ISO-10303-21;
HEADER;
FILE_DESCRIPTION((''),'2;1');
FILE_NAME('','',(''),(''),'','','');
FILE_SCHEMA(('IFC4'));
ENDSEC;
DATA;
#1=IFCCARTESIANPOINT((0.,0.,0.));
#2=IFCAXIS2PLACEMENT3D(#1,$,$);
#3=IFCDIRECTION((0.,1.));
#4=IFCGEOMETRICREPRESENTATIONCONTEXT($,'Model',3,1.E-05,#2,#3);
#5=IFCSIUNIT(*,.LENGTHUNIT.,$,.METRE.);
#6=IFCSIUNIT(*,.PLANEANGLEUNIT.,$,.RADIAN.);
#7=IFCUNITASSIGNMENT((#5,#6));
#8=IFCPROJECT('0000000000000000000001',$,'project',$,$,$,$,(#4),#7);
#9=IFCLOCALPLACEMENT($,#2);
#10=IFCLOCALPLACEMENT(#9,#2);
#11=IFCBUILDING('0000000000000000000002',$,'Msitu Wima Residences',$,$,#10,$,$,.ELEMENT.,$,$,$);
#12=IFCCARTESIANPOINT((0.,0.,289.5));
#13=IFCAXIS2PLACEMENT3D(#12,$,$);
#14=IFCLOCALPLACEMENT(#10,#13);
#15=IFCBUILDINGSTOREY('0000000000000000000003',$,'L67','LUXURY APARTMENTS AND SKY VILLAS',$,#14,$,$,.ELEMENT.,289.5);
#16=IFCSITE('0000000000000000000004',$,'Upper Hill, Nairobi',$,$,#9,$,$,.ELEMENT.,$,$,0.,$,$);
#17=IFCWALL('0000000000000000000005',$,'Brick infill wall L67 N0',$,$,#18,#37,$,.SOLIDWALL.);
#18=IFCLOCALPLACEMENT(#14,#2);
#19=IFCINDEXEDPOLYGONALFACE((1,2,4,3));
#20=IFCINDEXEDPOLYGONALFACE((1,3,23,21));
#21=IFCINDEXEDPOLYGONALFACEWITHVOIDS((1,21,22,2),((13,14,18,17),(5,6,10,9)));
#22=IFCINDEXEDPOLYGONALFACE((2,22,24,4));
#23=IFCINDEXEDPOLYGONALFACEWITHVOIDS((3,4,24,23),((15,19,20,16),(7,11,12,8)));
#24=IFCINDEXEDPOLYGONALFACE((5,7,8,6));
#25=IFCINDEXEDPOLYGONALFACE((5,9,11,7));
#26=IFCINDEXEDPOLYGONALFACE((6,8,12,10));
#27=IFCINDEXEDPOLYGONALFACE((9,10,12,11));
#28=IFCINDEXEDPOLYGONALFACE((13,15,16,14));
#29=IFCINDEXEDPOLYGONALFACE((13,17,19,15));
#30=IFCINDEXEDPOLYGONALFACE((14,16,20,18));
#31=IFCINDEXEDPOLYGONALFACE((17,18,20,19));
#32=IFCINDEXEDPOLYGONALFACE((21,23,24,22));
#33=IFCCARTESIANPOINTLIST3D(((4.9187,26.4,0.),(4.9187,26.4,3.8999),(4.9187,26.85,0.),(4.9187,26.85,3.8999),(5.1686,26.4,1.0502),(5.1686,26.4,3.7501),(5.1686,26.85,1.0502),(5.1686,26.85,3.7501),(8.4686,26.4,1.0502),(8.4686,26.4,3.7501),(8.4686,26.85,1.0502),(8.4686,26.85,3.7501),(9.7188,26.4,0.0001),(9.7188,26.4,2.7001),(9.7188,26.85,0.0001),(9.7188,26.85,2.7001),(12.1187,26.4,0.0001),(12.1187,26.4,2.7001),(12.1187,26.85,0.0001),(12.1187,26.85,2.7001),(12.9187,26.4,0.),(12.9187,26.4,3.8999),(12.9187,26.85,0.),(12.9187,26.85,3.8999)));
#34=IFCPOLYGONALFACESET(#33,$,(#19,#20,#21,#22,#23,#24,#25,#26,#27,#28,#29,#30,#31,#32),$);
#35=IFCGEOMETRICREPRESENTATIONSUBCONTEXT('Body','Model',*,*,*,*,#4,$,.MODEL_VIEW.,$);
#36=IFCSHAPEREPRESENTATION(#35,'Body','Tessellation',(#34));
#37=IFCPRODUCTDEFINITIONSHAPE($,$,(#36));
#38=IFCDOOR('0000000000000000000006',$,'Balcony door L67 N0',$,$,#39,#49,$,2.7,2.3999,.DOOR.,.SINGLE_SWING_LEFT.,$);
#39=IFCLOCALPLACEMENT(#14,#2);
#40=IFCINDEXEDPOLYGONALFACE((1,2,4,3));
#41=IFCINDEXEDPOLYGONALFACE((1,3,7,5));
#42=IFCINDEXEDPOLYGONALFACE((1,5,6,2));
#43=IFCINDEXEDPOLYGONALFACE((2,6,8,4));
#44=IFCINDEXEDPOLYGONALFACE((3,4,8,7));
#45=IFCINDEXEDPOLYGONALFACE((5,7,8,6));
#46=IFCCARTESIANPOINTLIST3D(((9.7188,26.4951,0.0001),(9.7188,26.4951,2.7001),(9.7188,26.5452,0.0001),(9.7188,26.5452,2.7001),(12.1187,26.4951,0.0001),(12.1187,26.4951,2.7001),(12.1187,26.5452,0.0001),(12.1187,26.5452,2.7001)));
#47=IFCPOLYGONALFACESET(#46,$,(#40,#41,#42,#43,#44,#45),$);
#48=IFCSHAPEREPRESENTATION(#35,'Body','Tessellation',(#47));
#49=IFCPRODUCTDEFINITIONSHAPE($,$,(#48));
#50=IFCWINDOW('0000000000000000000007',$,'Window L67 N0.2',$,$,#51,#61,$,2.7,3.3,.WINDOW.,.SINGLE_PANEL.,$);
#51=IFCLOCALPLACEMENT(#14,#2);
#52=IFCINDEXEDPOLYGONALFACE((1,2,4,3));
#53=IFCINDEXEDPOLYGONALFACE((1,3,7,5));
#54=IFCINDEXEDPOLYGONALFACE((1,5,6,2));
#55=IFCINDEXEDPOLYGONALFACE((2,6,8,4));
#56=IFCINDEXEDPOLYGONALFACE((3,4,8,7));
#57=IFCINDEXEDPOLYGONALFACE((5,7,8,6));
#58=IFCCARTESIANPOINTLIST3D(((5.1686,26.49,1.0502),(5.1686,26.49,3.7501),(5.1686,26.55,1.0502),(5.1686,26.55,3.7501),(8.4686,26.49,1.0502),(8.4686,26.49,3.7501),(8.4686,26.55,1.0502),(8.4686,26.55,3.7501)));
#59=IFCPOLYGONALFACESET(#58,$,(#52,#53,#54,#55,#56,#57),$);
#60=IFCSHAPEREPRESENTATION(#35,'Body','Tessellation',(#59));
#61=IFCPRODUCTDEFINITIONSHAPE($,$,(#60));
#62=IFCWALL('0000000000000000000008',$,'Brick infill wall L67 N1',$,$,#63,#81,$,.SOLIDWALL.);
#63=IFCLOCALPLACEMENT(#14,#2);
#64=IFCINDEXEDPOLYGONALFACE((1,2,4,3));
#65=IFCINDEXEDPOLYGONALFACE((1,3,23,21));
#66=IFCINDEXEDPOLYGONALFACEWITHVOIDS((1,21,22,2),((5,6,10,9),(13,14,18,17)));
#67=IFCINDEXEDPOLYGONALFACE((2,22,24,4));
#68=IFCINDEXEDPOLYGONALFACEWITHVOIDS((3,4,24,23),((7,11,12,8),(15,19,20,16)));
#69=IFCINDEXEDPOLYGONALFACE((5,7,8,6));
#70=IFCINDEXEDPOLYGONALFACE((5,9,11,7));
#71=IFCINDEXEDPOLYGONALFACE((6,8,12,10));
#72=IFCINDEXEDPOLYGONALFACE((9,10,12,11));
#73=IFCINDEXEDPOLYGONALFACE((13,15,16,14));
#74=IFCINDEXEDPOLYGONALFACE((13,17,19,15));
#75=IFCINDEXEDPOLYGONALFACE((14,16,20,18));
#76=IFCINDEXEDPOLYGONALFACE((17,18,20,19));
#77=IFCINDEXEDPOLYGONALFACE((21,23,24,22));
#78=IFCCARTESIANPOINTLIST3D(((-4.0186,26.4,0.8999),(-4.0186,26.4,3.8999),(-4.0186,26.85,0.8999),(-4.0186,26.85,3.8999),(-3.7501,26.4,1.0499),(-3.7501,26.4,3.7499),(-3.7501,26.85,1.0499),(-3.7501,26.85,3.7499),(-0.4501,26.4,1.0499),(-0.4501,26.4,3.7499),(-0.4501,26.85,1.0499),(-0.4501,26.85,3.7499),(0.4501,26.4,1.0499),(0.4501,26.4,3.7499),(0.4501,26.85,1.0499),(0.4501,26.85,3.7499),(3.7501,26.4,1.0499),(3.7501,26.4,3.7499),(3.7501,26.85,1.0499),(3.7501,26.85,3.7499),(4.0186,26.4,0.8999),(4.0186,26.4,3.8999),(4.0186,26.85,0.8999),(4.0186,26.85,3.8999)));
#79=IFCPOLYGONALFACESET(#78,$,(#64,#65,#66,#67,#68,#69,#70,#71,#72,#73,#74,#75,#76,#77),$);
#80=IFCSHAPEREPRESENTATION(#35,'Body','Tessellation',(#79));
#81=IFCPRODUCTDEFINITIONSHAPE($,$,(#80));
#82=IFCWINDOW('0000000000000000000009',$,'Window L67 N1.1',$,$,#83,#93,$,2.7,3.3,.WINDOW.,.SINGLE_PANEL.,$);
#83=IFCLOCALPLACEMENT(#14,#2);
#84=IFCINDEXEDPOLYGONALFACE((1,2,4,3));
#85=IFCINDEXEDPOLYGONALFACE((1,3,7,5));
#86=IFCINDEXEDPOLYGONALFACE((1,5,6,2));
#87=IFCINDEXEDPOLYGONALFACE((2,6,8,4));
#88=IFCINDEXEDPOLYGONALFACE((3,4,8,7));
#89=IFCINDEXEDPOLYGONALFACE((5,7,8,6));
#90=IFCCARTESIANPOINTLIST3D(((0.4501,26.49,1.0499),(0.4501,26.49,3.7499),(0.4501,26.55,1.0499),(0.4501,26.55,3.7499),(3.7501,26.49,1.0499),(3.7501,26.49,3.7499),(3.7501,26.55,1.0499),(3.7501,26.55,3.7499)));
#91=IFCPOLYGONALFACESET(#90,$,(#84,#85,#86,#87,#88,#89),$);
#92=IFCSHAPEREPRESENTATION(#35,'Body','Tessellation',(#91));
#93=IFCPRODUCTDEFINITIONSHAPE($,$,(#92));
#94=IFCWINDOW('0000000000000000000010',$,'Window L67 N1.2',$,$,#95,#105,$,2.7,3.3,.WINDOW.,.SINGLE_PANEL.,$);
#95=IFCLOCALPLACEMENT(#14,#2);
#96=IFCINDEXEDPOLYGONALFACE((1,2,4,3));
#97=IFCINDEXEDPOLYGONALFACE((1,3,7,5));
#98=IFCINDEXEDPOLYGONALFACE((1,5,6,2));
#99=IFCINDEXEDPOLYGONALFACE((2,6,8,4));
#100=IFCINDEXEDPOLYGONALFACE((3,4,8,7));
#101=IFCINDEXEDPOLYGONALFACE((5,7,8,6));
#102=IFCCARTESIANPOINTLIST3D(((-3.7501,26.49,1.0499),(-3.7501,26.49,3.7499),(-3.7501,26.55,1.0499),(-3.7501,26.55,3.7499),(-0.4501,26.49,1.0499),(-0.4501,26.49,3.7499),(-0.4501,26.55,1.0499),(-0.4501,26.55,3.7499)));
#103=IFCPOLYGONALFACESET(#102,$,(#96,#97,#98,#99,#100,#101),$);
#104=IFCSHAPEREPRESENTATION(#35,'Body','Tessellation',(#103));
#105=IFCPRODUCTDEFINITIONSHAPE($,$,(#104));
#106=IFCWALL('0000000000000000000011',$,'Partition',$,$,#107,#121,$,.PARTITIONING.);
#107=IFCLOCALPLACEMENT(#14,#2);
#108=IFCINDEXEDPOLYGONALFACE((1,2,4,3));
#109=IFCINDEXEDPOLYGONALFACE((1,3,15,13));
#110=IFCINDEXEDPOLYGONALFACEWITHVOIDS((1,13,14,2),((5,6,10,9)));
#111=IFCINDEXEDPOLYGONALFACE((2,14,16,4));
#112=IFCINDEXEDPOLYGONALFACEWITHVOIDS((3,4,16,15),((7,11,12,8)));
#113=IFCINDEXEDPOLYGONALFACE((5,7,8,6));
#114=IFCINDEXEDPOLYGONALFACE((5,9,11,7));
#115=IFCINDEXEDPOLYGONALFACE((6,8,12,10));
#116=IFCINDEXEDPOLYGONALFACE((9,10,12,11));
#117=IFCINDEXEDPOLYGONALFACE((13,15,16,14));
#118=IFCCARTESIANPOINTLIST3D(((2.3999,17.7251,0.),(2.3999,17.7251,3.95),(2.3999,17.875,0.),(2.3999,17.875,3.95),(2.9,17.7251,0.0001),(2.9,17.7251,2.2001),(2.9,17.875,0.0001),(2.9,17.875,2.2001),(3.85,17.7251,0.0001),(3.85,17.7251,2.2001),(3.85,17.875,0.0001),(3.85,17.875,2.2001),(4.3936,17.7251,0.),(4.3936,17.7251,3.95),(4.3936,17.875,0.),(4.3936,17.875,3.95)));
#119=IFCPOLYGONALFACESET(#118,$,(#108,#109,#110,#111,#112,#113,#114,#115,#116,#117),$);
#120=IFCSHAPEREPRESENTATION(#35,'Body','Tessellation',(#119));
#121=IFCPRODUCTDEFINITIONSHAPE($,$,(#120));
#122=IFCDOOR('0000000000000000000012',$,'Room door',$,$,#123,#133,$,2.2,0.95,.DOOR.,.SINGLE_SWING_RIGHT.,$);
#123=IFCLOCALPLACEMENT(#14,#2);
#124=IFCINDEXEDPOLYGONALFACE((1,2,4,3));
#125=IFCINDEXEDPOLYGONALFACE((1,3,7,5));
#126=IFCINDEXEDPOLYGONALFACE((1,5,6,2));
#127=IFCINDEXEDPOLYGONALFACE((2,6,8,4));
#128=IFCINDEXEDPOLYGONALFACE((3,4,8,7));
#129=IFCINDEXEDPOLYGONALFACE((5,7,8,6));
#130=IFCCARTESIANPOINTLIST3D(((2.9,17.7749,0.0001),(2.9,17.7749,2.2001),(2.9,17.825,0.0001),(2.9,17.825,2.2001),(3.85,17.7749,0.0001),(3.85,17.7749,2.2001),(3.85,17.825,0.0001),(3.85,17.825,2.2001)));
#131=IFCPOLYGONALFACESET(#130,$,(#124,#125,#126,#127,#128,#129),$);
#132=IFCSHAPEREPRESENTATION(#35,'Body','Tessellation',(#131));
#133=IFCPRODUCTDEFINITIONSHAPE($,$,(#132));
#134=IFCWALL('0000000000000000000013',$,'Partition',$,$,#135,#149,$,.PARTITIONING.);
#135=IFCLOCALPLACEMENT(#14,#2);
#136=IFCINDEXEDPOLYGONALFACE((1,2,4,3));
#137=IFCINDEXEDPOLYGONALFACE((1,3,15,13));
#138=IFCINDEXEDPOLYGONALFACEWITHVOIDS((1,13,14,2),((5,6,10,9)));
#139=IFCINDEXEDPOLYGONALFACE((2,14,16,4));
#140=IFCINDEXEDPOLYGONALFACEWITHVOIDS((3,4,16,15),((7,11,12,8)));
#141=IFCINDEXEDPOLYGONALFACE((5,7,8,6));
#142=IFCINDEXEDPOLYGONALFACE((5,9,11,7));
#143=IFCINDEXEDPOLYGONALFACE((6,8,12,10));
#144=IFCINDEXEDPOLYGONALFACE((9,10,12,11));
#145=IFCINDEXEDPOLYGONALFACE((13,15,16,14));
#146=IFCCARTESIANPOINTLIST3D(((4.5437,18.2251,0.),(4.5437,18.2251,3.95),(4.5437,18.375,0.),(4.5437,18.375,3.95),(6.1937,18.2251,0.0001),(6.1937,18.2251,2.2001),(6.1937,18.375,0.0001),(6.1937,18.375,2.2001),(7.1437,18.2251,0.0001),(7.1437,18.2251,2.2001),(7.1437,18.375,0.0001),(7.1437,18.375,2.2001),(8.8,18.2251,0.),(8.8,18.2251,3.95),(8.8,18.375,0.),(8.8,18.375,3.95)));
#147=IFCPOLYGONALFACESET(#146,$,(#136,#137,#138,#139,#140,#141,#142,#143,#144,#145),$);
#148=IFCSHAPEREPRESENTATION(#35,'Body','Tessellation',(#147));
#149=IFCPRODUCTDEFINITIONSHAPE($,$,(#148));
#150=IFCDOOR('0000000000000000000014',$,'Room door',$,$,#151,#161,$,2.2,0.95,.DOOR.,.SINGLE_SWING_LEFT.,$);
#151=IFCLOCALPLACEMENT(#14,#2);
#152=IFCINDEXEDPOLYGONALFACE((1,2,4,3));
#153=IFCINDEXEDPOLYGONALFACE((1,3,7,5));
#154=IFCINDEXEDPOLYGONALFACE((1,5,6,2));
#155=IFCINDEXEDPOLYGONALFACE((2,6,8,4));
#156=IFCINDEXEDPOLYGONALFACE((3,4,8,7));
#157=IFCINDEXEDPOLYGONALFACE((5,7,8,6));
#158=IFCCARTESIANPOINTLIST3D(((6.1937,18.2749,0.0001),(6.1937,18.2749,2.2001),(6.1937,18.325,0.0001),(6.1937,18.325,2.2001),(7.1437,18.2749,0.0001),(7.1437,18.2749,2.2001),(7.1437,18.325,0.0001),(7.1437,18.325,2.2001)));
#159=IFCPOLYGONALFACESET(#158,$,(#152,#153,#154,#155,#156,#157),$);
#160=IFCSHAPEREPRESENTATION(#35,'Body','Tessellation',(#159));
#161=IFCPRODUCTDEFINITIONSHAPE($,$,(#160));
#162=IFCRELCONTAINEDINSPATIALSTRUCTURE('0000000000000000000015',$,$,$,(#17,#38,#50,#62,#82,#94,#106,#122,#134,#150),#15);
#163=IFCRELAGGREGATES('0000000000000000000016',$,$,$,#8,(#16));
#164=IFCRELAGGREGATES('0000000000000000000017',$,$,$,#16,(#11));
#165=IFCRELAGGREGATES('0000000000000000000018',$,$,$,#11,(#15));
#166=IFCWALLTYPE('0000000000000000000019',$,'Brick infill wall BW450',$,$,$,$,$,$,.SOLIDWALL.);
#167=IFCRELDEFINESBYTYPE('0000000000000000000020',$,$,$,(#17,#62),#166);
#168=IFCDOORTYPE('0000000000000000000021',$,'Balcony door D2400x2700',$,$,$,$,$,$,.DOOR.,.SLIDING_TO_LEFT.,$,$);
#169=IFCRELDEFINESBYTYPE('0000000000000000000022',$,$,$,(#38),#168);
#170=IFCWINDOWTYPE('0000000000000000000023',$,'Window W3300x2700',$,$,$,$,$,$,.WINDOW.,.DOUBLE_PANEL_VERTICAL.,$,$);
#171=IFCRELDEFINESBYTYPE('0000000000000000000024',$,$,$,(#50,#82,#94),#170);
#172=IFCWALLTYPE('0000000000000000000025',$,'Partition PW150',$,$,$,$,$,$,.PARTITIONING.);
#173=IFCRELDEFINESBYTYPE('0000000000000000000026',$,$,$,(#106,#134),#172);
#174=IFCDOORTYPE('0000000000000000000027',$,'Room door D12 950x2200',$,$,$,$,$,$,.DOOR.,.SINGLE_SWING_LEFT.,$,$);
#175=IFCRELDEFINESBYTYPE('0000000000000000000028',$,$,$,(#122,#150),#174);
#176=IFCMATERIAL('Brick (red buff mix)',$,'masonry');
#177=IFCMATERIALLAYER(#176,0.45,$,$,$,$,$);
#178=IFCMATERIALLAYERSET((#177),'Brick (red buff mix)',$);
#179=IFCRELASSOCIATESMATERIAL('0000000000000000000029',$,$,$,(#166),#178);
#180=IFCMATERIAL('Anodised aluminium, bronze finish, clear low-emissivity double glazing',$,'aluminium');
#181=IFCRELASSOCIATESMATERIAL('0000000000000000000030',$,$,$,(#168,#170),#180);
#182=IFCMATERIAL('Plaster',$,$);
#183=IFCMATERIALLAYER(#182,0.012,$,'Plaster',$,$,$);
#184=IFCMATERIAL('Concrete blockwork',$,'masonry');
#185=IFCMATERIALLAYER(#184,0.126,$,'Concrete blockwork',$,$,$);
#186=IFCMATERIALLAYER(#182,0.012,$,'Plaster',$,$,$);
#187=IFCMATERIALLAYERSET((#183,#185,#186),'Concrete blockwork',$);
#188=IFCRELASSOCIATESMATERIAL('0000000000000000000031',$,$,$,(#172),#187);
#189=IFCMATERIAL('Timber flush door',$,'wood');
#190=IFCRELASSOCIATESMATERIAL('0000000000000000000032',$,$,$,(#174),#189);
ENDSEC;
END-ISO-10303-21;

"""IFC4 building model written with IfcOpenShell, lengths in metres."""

from ifc_helpers import new_model, si_unit, direction, frame, frame_2d, origin, place, context, subcontext, project, spatial, rectangle, extrude, material, layer, layer_set, type_object, element, fill, save


model = new_model("IFC4")

# Units and contexts
model_context = context("Model", 3, precision=1e-05, world=origin(), true_north=direction((0.0, 1.0)))
body_context = subcontext(model_context, "Body", "Model", "MODEL_VIEW")
ifc_project = project(units=[si_unit("LENGTHUNIT", "METRE"), si_unit("PLANEANGLEUNIT", "RADIAN")], contexts=[model_context])

# Site, building, storey
site_placement = place(None, origin())
site = spatial("IfcSite", under=ifc_project, at=site_placement, Name="Upper Hill, Nairobi", CompositionType="ELEMENT", RefElevation=0.0)
building_placement = place(site_placement, origin())
building = spatial("IfcBuilding", under=site, at=building_placement, Name="Msitu Wima Residences", CompositionType="ELEMENT")
storey_placement = place(building_placement, frame((0.0, 0.0, 289.5)))
storey = spatial("IfcBuildingStorey", under=building, at=storey_placement, Name="L67", Description="LUXURY APARTMENTS AND SKY VILLAS", CompositionType="ELEMENT", Elevation=289.5)

# Wall, openings, door, window
ifc_material_1 = material(Name="Brick (red buff mix)", Category="masonry")
ifc_layer_1 = layer(ifc_material_1, 0.45)
ifc_layer_set_1 = layer_set([ifc_layer_1], Name="Brick (red buff mix)")
wall_type_1 = type_object("IfcWallType", Name="Brick infill wall BW450", PredefinedType="SOLIDWALL", material=ifc_layer_set_1)
wall_1_placement = place(storey_placement, frame((12.9187, 26.625, 0.0), z_axis=(0.0, 0.0, 1.0), x_axis=(-1.0, 0.0, 0.0)))
wall_1 = element("IfcWall", 1, at=wall_1_placement, inside=storey, type_object=wall_type_1, Name="Brick infill wall L67 N0", PredefinedType="SOLIDWALL", context=body_context, shape_type="SweptSolid", body=[
    extrude(rectangle(XDim=8.0, YDim=0.45, at=frame_2d((4.0, 0.0))), origin(), (0.0, 0.0, 1.0), 3.8999),
])
opening_1_placement = place(wall_1_placement, frame((0.8, 0.0, 0.0)))
opening_1 = element("IfcOpeningElement", 2, at=opening_1_placement, cuts=wall_1, PredefinedType="OPENING", context=body_context, shape_type="SweptSolid", body=[
    extrude(rectangle(XDim=2.3999, YDim=2.7, at=frame_2d((1.2, 1.3501))), frame((0.0, 0.2349, 0.0), z_axis=(0.0, -1.0, 0.0), x_axis=(1.0, 0.0, 0.0)), (0.0, 0.0, 1.0), 0.47),
])
opening_2_placement = place(wall_1_placement, frame((4.4502, 0.0, 1.05)))
opening_2 = element("IfcOpeningElement", 3, at=opening_2_placement, cuts=wall_1, PredefinedType="OPENING", context=body_context, shape_type="SweptSolid", body=[
    extrude(rectangle(XDim=3.3, YDim=2.7, at=frame_2d((1.6499, 1.3501))), frame((0.0, 0.2349, 0.0), z_axis=(0.0, -1.0, 0.0), x_axis=(1.0, 0.0, 0.0)), (0.0, 0.0, 1.0), 0.47),
])
ifc_material_2 = material(Name="Anodised aluminium, bronze finish, clear low-emissivity double glazing", Category="aluminium")
door_type_1 = type_object("IfcDoorType", Name="Balcony door D2400x2700", OperationType="SLIDING_TO_LEFT", PredefinedType="DOOR", material=ifc_material_2)
door_1_placement = place(opening_1_placement, origin())
door_1 = element("IfcDoor", 4, at=door_1_placement, inside=storey, type_object=door_type_1, Name="Balcony door L67 N0", OperationType="SINGLE_SWING_LEFT", OverallHeight=2.7, OverallWidth=2.3999, PredefinedType="DOOR", context=body_context, shape_type="SweptSolid", body=[
    extrude(rectangle(XDim=2.3999, YDim=2.7, at=frame_2d((1.2, 1.3501))), frame((0.0, 0.1299, 0.0), z_axis=(0.0, -1.0, 0.0), x_axis=(1.0, 0.0, 0.0)), (0.0, 0.0, 1.0), 0.05),
])
fill(opening_1, door_1)
window_type = type_object("IfcWindowType", Name="Window W3300x2700", PartitioningType="DOUBLE_PANEL_VERTICAL", PredefinedType="WINDOW", material=ifc_material_2)
window_1_placement = place(opening_2_placement, origin())
window_1 = element("IfcWindow", 5, at=window_1_placement, inside=storey, type_object=window_type, Name="Window L67 N0.2", OverallHeight=2.7, OverallWidth=3.3, PartitioningType="SINGLE_PANEL", PredefinedType="WINDOW", context=body_context, shape_type="SweptSolid", body=[
    extrude(rectangle(XDim=3.3, YDim=2.7, at=frame_2d((1.6499, 1.3501))), frame((0.0, 0.135, 0.0), z_axis=(0.0, -1.0, 0.0), x_axis=(1.0, 0.0, 0.0)), (0.0, 0.0, 1.0), 0.0601),
])
fill(opening_2, window_1)

# Wall, openings, windows
wall_2_placement = place(storey_placement, frame((4.0186, 26.625, 0.8999), z_axis=(0.0, 0.0, 1.0), x_axis=(-1.0, 0.0, 0.0)))
wall_2 = element("IfcWall", 6, at=wall_2_placement, inside=storey, type_object=wall_type_1, Name="Brick infill wall L67 N1", PredefinedType="SOLIDWALL", context=body_context, shape_type="SweptSolid", body=[
    extrude(rectangle(XDim=8.0371, YDim=0.45, at=frame_2d((4.0186, 0.0))), origin(), (0.0, 0.0, 1.0), 3.0),
])
opening_3_placement = place(wall_2_placement, frame((0.2686, 0.0, 0.1499)))
opening_3 = element("IfcOpeningElement", 7, at=opening_3_placement, cuts=wall_2, PredefinedType="OPENING", context=body_context, shape_type="SweptSolid", body=[
    extrude(rectangle(XDim=3.3, YDim=2.7, at=frame_2d((1.6499, 1.3501))), frame((0.0, 0.2349, 0.0), z_axis=(0.0, -1.0, 0.0), x_axis=(1.0, 0.0, 0.0)), (0.0, 0.0, 1.0), 0.47),
])
opening_4_placement = place(wall_2_placement, frame((4.4688, 0.0, 0.1499)))
opening_4 = element("IfcOpeningElement", 8, at=opening_4_placement, cuts=wall_2, PredefinedType="OPENING", context=body_context, shape_type="SweptSolid", body=[
    extrude(rectangle(XDim=3.3, YDim=2.7, at=frame_2d((1.6499, 1.3501))), frame((0.0, 0.2349, 0.0), z_axis=(0.0, -1.0, 0.0), x_axis=(1.0, 0.0, 0.0)), (0.0, 0.0, 1.0), 0.47),
])
window_2_placement = place(opening_3_placement, origin())
window_2 = element("IfcWindow", 9, at=window_2_placement, inside=storey, type_object=window_type, Name="Window L67 N1.1", OverallHeight=2.7, OverallWidth=3.3, PartitioningType="SINGLE_PANEL", PredefinedType="WINDOW", context=body_context, shape_type="SweptSolid", body=[
    extrude(rectangle(XDim=3.3, YDim=2.7, at=frame_2d((1.6499, 1.3501))), frame((0.0, 0.135, 0.0), z_axis=(0.0, -1.0, 0.0), x_axis=(1.0, 0.0, 0.0)), (0.0, 0.0, 1.0), 0.0601),
])
fill(opening_3, window_2)
window_3_placement = place(opening_4_placement, origin())
window_3 = element("IfcWindow", 10, at=window_3_placement, inside=storey, type_object=window_type, Name="Window L67 N1.2", OverallHeight=2.7, OverallWidth=3.3, PartitioningType="SINGLE_PANEL", PredefinedType="WINDOW", context=body_context, shape_type="SweptSolid", body=[
    extrude(rectangle(XDim=3.3, YDim=2.7, at=frame_2d((1.6499, 1.3501))), frame((0.0, 0.135, 0.0), z_axis=(0.0, -1.0, 0.0), x_axis=(1.0, 0.0, 0.0)), (0.0, 0.0, 1.0), 0.0601),
])
fill(opening_4, window_3)

# Walls, openings, doors
ifc_material_3 = material(Name="Plaster")
ifc_layer_2 = layer(ifc_material_3, 0.012, Name="Plaster")
ifc_material_4 = material(Name="Concrete blockwork", Category="masonry")
ifc_layer_3 = layer(ifc_material_4, 0.126, Name="Concrete blockwork")
ifc_layer_4 = layer(ifc_material_3, 0.012, Name="Plaster")
ifc_layer_set_2 = layer_set([ifc_layer_2, ifc_layer_3, ifc_layer_4], Name="Concrete blockwork")
wall_type_2 = type_object("IfcWallType", Name="Partition PW150", PredefinedType="PARTITIONING", material=ifc_layer_set_2)
wall_3_placement = place(storey_placement, frame((2.3999, 17.8, 0.0), z_axis=(0.0, 0.0, 1.0), x_axis=(1.0, 0.0, 0.0)))
wall_3 = element("IfcWall", 11, at=wall_3_placement, inside=storey, type_object=wall_type_2, Name="Partition", PredefinedType="PARTITIONING", context=body_context, shape_type="SweptSolid", body=[
    extrude(rectangle(XDim=1.9937, YDim=0.1499, at=frame_2d((0.9968, 0.0))), origin(), (0.0, 0.0, 1.0), 3.95),
])
opening_5_placement = place(wall_3_placement, frame((0.5, 0.0, 0.0)))
opening_5 = element("IfcOpeningElement", 12, at=opening_5_placement, cuts=wall_3, PredefinedType="OPENING", context=body_context, shape_type="SweptSolid", body=[
    extrude(rectangle(XDim=0.95, YDim=2.2, at=frame_2d((0.4751, 1.1001))), frame((0.0, 0.085, 0.0), z_axis=(0.0, -1.0, 0.0), x_axis=(1.0, 0.0, 0.0)), (0.0, 0.0, 1.0), 0.1699),
])
ifc_material_5 = material(Name="Timber flush door", Category="wood")
door_type_2 = type_object("IfcDoorType", Name="Room door D12 950x2200", OperationType="SINGLE_SWING_LEFT", PredefinedType="DOOR", material=ifc_material_5)
door_2_placement = place(opening_5_placement, origin())
door_2 = element("IfcDoor", 13, at=door_2_placement, inside=storey, type_object=door_type_2, Name="Room door", OperationType="SINGLE_SWING_RIGHT", OverallHeight=2.2, OverallWidth=0.95, PredefinedType="DOOR", context=body_context, shape_type="SweptSolid", body=[
    extrude(rectangle(XDim=0.95, YDim=2.2, at=frame_2d((0.4751, 1.1001))), frame((0.0, 0.0249, 0.0), z_axis=(0.0, -1.0, 0.0), x_axis=(1.0, 0.0, 0.0)), (0.0, 0.0, 1.0), 0.05),
])
fill(opening_5, door_2)
wall_4_placement = place(storey_placement, frame((4.5437, 18.3, 0.0), z_axis=(0.0, 0.0, 1.0), x_axis=(1.0, 0.0, 0.0)))
wall_4 = element("IfcWall", 14, at=wall_4_placement, inside=storey, type_object=wall_type_2, Name="Partition", PredefinedType="PARTITIONING", context=body_context, shape_type="SweptSolid", body=[
    extrude(rectangle(XDim=4.2563, YDim=0.1499, at=frame_2d((2.1282, 0.0))), origin(), (0.0, 0.0, 1.0), 3.95),
])
opening_6_placement = place(wall_4_placement, frame((1.6499, 0.0, 0.0)))
opening_6 = element("IfcOpeningElement", 15, at=opening_6_placement, cuts=wall_4, PredefinedType="OPENING", context=body_context, shape_type="SweptSolid", body=[
    extrude(rectangle(XDim=0.95, YDim=2.2, at=frame_2d((0.4751, 1.1001))), frame((0.0, 0.085, 0.0), z_axis=(0.0, -1.0, 0.0), x_axis=(1.0, 0.0, 0.0)), (0.0, 0.0, 1.0), 0.1699),
])
door_3_placement = place(opening_6_placement, origin())
door_3 = element("IfcDoor", 16, at=door_3_placement, inside=storey, type_object=door_type_2, Name="Room door", OperationType="SINGLE_SWING_LEFT", OverallHeight=2.2, OverallWidth=0.95, PredefinedType="DOOR", context=body_context, shape_type="SweptSolid", body=[
    extrude(rectangle(XDim=0.95, YDim=2.2, at=frame_2d((0.4751, 1.1001))), frame((0.0, 0.0249, 0.0), z_axis=(0.0, -1.0, 0.0), x_axis=(1.0, 0.0, 0.0)), (0.0, 0.0, 1.0), 0.05),
])
fill(opening_6, door_3)

save(model, "model.ifc")
